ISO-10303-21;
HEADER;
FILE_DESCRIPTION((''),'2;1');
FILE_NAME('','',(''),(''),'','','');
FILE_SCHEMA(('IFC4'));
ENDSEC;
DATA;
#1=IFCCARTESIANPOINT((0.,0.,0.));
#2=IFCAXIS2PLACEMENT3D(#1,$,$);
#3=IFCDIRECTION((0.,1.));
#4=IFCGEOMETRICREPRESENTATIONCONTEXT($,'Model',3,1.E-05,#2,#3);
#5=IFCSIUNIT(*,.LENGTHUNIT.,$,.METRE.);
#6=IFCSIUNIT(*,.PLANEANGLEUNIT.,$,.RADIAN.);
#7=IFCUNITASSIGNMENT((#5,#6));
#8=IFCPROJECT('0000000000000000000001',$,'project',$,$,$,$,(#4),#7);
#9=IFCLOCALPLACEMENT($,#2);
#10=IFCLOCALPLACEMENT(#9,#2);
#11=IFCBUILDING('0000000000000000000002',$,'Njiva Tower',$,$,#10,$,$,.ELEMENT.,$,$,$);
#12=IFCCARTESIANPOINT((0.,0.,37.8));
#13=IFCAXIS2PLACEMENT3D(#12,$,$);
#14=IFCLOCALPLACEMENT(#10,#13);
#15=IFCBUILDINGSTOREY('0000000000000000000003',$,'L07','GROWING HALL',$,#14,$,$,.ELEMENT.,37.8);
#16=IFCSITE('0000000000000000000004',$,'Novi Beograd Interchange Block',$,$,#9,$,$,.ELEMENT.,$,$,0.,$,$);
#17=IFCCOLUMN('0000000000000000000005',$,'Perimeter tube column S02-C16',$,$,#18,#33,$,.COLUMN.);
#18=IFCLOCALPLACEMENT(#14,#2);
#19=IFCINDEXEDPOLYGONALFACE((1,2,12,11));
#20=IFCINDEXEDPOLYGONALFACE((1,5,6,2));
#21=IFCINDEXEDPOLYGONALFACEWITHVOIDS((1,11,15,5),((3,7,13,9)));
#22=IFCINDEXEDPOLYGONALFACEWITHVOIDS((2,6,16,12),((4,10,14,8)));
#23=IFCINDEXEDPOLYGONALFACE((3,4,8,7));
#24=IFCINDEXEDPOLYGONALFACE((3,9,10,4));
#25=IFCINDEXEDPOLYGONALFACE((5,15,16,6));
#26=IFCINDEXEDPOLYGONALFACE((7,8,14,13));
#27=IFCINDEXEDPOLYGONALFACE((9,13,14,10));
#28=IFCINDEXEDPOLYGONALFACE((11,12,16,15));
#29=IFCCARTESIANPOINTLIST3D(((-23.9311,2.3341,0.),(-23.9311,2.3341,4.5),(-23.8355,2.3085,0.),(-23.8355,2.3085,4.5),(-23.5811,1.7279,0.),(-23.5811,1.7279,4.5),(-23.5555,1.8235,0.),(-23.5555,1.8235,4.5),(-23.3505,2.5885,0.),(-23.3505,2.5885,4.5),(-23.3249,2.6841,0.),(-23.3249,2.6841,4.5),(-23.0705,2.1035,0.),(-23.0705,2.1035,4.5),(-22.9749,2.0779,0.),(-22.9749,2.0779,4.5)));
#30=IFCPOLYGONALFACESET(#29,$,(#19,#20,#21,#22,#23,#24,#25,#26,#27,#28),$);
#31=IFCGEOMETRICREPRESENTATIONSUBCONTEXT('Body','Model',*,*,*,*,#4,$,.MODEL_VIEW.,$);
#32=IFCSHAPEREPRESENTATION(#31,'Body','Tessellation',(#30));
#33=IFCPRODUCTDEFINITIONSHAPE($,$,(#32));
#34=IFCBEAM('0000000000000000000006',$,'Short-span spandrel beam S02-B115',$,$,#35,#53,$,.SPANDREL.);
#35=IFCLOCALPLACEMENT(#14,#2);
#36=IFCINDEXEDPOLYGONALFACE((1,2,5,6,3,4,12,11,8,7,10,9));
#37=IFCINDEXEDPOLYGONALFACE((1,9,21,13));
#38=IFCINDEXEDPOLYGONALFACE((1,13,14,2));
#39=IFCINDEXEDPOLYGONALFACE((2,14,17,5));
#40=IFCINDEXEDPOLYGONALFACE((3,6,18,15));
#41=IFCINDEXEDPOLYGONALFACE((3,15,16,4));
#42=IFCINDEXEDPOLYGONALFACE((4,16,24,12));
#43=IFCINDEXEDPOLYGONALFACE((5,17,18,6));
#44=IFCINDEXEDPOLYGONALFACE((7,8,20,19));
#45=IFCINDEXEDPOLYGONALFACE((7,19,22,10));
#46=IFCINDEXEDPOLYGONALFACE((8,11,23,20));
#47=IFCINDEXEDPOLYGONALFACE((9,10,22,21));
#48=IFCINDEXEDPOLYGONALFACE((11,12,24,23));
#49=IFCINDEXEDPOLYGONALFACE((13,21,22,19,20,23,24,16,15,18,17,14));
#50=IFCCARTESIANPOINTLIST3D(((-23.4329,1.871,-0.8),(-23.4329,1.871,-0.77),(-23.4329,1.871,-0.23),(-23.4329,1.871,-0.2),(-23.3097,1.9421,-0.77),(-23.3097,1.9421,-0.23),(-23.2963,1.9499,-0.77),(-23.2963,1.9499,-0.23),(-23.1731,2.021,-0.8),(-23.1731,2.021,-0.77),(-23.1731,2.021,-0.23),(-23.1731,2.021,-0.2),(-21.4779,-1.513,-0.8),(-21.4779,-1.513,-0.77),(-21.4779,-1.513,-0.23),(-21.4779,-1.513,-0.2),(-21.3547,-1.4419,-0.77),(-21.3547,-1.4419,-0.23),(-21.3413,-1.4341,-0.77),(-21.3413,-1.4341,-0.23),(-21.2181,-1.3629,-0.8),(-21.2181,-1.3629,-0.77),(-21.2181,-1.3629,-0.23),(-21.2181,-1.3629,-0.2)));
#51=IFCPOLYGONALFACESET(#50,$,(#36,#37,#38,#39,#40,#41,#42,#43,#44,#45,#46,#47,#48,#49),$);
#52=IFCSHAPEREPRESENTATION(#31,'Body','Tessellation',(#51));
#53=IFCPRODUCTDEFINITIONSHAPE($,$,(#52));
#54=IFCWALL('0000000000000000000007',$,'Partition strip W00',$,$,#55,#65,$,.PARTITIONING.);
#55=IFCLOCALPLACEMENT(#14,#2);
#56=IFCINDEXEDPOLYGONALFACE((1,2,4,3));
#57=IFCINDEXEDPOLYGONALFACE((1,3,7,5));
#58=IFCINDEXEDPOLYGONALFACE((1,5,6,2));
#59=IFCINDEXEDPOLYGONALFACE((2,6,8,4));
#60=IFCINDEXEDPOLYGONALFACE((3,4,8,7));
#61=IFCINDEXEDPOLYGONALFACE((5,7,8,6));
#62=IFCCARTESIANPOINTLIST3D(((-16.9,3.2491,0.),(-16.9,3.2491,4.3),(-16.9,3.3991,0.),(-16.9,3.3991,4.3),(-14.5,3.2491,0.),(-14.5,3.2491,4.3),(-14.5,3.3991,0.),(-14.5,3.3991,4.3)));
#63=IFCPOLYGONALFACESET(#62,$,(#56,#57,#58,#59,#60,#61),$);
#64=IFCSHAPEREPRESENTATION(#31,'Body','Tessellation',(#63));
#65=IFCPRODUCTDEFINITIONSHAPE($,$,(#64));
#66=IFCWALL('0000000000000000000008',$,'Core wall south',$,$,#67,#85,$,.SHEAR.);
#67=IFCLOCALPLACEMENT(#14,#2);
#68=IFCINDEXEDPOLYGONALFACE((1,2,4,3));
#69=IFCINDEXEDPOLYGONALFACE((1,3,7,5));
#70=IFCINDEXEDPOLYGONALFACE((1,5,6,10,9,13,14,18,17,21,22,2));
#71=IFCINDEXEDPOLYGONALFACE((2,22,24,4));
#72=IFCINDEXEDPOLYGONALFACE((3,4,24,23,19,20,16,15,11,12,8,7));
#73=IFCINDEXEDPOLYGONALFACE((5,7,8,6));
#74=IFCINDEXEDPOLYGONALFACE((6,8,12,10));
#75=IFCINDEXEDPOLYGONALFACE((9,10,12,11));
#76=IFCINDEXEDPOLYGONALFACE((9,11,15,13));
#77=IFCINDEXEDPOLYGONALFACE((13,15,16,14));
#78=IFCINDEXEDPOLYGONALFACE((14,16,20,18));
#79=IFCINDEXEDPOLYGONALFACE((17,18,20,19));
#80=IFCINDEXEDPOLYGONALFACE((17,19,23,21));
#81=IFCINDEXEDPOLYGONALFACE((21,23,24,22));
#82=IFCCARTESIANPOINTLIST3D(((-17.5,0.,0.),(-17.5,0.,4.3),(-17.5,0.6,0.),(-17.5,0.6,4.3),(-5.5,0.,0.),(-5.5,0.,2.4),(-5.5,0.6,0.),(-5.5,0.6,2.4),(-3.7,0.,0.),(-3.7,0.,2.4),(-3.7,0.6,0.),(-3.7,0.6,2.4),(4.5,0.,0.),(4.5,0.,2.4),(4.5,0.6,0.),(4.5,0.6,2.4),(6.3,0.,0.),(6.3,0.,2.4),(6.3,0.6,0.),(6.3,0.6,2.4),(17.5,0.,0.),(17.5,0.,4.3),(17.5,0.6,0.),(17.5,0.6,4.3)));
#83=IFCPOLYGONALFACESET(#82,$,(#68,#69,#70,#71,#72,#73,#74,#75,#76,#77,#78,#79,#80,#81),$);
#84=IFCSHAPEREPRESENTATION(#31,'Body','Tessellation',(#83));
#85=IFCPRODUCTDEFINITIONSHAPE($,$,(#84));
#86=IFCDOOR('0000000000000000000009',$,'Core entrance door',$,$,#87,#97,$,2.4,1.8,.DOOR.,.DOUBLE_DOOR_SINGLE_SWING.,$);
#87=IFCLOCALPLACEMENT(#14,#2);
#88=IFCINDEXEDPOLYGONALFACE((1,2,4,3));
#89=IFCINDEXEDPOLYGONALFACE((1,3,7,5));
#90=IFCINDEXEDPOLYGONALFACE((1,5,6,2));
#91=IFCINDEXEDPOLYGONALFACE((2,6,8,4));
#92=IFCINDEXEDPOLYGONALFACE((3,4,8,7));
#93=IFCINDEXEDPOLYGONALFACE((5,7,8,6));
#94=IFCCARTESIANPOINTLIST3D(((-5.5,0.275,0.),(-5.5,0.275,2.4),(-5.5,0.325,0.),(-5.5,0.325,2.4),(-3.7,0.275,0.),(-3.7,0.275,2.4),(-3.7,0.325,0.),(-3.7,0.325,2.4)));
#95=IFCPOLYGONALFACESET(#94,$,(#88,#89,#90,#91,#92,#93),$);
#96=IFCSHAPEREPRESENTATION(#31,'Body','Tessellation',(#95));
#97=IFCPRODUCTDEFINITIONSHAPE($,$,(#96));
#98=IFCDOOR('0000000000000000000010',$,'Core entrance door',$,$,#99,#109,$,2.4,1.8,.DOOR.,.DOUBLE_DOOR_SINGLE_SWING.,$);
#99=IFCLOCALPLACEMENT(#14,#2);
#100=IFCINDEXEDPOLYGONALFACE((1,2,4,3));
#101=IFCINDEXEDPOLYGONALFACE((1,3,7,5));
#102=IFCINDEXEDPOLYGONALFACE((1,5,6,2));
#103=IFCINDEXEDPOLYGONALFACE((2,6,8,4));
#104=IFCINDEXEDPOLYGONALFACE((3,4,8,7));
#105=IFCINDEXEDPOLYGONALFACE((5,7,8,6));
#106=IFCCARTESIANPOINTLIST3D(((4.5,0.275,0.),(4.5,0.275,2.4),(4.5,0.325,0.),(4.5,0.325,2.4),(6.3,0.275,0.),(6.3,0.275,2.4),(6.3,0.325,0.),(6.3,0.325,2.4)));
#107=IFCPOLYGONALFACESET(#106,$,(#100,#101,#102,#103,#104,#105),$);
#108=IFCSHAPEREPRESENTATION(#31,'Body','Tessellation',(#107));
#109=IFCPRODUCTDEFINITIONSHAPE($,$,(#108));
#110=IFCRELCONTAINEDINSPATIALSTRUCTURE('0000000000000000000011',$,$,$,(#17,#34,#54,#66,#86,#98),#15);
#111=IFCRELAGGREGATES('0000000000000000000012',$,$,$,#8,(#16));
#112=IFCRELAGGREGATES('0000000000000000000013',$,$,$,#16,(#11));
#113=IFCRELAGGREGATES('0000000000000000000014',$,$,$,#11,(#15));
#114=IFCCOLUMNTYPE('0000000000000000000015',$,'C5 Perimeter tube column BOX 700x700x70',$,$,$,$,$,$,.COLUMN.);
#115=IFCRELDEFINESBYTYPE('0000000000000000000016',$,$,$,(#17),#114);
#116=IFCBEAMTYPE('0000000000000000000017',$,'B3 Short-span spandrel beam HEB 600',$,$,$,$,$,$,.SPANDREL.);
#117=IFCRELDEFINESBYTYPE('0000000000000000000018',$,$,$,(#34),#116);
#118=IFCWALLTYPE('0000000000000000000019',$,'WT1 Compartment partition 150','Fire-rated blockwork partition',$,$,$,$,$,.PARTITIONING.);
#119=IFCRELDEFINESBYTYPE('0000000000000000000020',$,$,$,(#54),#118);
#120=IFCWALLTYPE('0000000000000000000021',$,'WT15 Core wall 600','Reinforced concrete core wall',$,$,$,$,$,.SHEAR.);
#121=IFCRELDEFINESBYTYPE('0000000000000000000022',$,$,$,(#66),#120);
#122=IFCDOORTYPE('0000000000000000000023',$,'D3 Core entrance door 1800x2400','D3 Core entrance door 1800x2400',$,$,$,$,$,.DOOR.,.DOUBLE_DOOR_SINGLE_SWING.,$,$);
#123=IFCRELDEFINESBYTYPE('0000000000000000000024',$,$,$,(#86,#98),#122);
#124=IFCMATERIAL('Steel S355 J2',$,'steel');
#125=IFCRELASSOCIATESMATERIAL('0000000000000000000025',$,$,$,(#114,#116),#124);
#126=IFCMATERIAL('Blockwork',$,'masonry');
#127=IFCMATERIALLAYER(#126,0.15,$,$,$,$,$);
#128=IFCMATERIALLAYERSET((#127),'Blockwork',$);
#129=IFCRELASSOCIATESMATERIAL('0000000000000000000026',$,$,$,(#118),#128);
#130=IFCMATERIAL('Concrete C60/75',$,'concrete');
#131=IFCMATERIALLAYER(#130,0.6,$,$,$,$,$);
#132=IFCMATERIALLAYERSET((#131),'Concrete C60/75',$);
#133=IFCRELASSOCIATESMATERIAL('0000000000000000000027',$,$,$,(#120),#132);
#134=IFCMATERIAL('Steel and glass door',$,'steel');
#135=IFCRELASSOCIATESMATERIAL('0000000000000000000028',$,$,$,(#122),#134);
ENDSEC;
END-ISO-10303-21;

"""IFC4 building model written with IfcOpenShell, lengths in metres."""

from ifc_helpers import new_model, si_unit, direction, frame, frame_2d, origin, origin_2d, place, context, subcontext, project, spatial, rectangle, hollow_rectangle, i_section, extrude, material, layer, layer_set, material_profile, profile_set, type_object, element, fill, save


model = new_model("IFC4")

# Units and contexts
model_context = context("Model", 3, precision=1e-05, world=origin(), true_north=direction((0.0, 1.0)))
body_context = subcontext(model_context, "Body", "Model", "MODEL_VIEW")
ifc_project = project(units=[si_unit("LENGTHUNIT", "METRE"), si_unit("PLANEANGLEUNIT", "RADIAN")], contexts=[model_context])

# Site, building, storey
site_placement = place(None, origin())
site = spatial("IfcSite", under=ifc_project, at=site_placement, Name="Novi Beograd Interchange Block", CompositionType="ELEMENT", RefElevation=0.0)
building_placement = place(site_placement, origin())
building = spatial("IfcBuilding", under=site, at=building_placement, Name="Njiva Tower", CompositionType="ELEMENT")
storey_placement = place(building_placement, frame((0.0, 0.0, 37.8)))
storey = spatial("IfcBuildingStorey", under=building, at=storey_placement, Name="L07", Description="GROWING HALL", CompositionType="ELEMENT", Elevation=37.8)

# Column
ifc_material_1 = material(Name="Steel S355 J2", Category="steel")
ifc_material_profile_1 = material_profile(ifc_material_1, hollow_rectangle(XDim=0.7, YDim=0.7, WallThickness=0.07, at=origin_2d()), Name="BOX 700x700x70")
ifc_profile_set_1 = profile_set([ifc_material_profile_1], Name="Steel S355 J2")
column_type = type_object("IfcColumnType", Name="C5 Perimeter tube column BOX 700x700x70", PredefinedType="COLUMN", material=ifc_profile_set_1)
column_placement = place(storey_placement, frame((-23.453, 2.206, 0.0), z_axis=(0.0, 0.0, 1.0), x_axis=(0.5, -0.866025, 0.0)))
element("IfcColumn", 1, at=column_placement, inside=storey, type_object=column_type, Name="Perimeter tube column S02-C16", PredefinedType="COLUMN", context=body_context, shape_type="SweptSolid", body=[
    extrude(hollow_rectangle(XDim=0.7, YDim=0.7, WallThickness=0.07, at=origin_2d()), origin(), (0.0, 0.0, 1.0), 4.5),
])

# Beam
ifc_material_profile_2 = material_profile(ifc_material_1, i_section(OverallWidth=0.3, OverallDepth=0.6, WebThickness=0.0155, FlangeThickness=0.03, at=origin_2d()), Name="HEB 600")
ifc_profile_set_2 = profile_set([ifc_material_profile_2], Name="Steel S355 J2")
beam_type_1 = type_object("IfcBeamType", Name="B3 Short-span spandrel beam HEB 600", PredefinedType="SPANDREL", material=ifc_profile_set_2)
beam_1_placement = place(storey_placement, frame((-23.303, 1.946, -0.5), z_axis=(0.500239, -0.865887, 0.0), x_axis=(0.865887, 0.500239, 0.0)))
element("IfcBeam", 2, at=beam_1_placement, inside=storey, type_object=beam_type_1, Name="Short-span spandrel beam S02-B115", PredefinedType="SPANDREL", context=body_context, shape_type="SweptSolid", body=[
    extrude(i_section(OverallWidth=0.3, OverallDepth=0.6, WebThickness=0.0155, FlangeThickness=0.03, at=origin_2d()), origin(), (0.0, 0.0, 1.0), 3.9081),
])

# Wall
ifc_material_2 = material(Name="Blockwork", Category="masonry")
ifc_layer_1 = layer(ifc_material_2, 0.15)
ifc_layer_set_1 = layer_set([ifc_layer_1], Name="Blockwork")
wall_type_1 = type_object("IfcWallType", Name="WT1 Compartment partition 150", Description="Fire-rated blockwork partition", PredefinedType="PARTITIONING", material=ifc_layer_set_1)
wall_1_placement = place(storey_placement, frame((-16.9, 3.3241, 0.0), z_axis=(0.0, 0.0, 1.0), x_axis=(1.0, 0.0, 0.0)))
element("IfcWall", 3, at=wall_1_placement, inside=storey, type_object=wall_type_1, Name="Partition strip W00", PredefinedType="PARTITIONING", context=body_context, shape_type="SweptSolid", body=[
    extrude(rectangle(XDim=2.4, YDim=0.15, at=frame_2d((1.2, 0.0))), origin(), (0.0, 0.0, 1.0), 4.3),
])

# Wall, openings, doors
ifc_material_3 = material(Name="Concrete C60/75", Category="concrete")
ifc_layer_2 = layer(ifc_material_3, 0.6)
ifc_layer_set_2 = layer_set([ifc_layer_2], Name="Concrete C60/75")
wall_type_2 = type_object("IfcWallType", Name="WT15 Core wall 600", Description="Reinforced concrete core wall", PredefinedType="SHEAR", material=ifc_layer_set_2)
wall_2_placement = place(storey_placement, frame((-17.5, 0.3, 0.0), z_axis=(0.0, 0.0, 1.0), x_axis=(1.0, 0.0, 0.0)))
wall_2 = element("IfcWall", 4, at=wall_2_placement, inside=storey, type_object=wall_type_2, Name="Core wall south", PredefinedType="SHEAR", context=body_context, shape_type="SweptSolid", body=[
    extrude(rectangle(XDim=35.0, YDim=0.6, at=frame_2d((17.5, 0.0))), origin(), (0.0, 0.0, 1.0), 4.3),
])
opening_1_placement = place(wall_2_placement, frame((12.0, 0.0, 0.0)))
opening_1 = element("IfcOpeningElement", 5, at=opening_1_placement, cuts=wall_2, PredefinedType="OPENING", context=body_context, shape_type="SweptSolid", body=[
    extrude(rectangle(XDim=1.8, YDim=2.4, at=frame_2d((0.9, 1.2))), frame((0.0, 0.31, 0.0), z_axis=(0.0, -1.0, 0.0), x_axis=(1.0, 0.0, 0.0)), (0.0, 0.0, 1.0), 0.62),
])
opening_2_placement = place(wall_2_placement, frame((22.0, 0.0, 0.0)))
opening_2 = element("IfcOpeningElement", 6, at=opening_2_placement, cuts=wall_2, PredefinedType="OPENING", context=body_context, shape_type="SweptSolid", body=[
    extrude(rectangle(XDim=1.8, YDim=2.4, at=frame_2d((0.9, 1.2))), frame((0.0, 0.31, 0.0), z_axis=(0.0, -1.0, 0.0), x_axis=(1.0, 0.0, 0.0)), (0.0, 0.0, 1.0), 0.62),
])
ifc_material_4 = material(Name="Steel and glass door", Category="steel")
door_type_1 = type_object("IfcDoorType", Name="D3 Core entrance door 1800x2400", Description="D3 Core entrance door 1800x2400", OperationType="DOUBLE_DOOR_SINGLE_SWING", PredefinedType="DOOR", material=ifc_material_4)
door_1_placement = place(opening_1_placement, origin())
door_1 = element("IfcDoor", 7, at=door_1_placement, inside=storey, type_object=door_type_1, Name="Core entrance door", OperationType="DOUBLE_DOOR_SINGLE_SWING", OverallHeight=2.4, OverallWidth=1.8, PredefinedType="DOOR", context=body_context, shape_type="SweptSolid", body=[
    extrude(rectangle(XDim=1.8, YDim=2.4, at=frame_2d((0.9, 1.2))), frame((0.0, 0.025, 0.0), z_axis=(0.0, -1.0, 0.0), x_axis=(1.0, 0.0, 0.0)), (0.0, 0.0, 1.0), 0.05),
])
fill(opening_1, door_1)
door_2_placement = place(opening_2_placement, origin())
door_2 = element("IfcDoor", 8, at=door_2_placement, inside=storey, type_object=door_type_1, Name="Core entrance door", OperationType="DOUBLE_DOOR_SINGLE_SWING", OverallHeight=2.4, OverallWidth=1.8, PredefinedType="DOOR", context=body_context, shape_type="SweptSolid", body=[
    extrude(rectangle(XDim=1.8, YDim=2.4, at=frame_2d((0.9, 1.2))), frame((0.0, 0.025, 0.0), z_axis=(0.0, -1.0, 0.0), x_axis=(1.0, 0.0, 0.0)), (0.0, 0.0, 1.0), 0.05),
])
fill(opening_2, door_2)

save(model, "model.ifc")
